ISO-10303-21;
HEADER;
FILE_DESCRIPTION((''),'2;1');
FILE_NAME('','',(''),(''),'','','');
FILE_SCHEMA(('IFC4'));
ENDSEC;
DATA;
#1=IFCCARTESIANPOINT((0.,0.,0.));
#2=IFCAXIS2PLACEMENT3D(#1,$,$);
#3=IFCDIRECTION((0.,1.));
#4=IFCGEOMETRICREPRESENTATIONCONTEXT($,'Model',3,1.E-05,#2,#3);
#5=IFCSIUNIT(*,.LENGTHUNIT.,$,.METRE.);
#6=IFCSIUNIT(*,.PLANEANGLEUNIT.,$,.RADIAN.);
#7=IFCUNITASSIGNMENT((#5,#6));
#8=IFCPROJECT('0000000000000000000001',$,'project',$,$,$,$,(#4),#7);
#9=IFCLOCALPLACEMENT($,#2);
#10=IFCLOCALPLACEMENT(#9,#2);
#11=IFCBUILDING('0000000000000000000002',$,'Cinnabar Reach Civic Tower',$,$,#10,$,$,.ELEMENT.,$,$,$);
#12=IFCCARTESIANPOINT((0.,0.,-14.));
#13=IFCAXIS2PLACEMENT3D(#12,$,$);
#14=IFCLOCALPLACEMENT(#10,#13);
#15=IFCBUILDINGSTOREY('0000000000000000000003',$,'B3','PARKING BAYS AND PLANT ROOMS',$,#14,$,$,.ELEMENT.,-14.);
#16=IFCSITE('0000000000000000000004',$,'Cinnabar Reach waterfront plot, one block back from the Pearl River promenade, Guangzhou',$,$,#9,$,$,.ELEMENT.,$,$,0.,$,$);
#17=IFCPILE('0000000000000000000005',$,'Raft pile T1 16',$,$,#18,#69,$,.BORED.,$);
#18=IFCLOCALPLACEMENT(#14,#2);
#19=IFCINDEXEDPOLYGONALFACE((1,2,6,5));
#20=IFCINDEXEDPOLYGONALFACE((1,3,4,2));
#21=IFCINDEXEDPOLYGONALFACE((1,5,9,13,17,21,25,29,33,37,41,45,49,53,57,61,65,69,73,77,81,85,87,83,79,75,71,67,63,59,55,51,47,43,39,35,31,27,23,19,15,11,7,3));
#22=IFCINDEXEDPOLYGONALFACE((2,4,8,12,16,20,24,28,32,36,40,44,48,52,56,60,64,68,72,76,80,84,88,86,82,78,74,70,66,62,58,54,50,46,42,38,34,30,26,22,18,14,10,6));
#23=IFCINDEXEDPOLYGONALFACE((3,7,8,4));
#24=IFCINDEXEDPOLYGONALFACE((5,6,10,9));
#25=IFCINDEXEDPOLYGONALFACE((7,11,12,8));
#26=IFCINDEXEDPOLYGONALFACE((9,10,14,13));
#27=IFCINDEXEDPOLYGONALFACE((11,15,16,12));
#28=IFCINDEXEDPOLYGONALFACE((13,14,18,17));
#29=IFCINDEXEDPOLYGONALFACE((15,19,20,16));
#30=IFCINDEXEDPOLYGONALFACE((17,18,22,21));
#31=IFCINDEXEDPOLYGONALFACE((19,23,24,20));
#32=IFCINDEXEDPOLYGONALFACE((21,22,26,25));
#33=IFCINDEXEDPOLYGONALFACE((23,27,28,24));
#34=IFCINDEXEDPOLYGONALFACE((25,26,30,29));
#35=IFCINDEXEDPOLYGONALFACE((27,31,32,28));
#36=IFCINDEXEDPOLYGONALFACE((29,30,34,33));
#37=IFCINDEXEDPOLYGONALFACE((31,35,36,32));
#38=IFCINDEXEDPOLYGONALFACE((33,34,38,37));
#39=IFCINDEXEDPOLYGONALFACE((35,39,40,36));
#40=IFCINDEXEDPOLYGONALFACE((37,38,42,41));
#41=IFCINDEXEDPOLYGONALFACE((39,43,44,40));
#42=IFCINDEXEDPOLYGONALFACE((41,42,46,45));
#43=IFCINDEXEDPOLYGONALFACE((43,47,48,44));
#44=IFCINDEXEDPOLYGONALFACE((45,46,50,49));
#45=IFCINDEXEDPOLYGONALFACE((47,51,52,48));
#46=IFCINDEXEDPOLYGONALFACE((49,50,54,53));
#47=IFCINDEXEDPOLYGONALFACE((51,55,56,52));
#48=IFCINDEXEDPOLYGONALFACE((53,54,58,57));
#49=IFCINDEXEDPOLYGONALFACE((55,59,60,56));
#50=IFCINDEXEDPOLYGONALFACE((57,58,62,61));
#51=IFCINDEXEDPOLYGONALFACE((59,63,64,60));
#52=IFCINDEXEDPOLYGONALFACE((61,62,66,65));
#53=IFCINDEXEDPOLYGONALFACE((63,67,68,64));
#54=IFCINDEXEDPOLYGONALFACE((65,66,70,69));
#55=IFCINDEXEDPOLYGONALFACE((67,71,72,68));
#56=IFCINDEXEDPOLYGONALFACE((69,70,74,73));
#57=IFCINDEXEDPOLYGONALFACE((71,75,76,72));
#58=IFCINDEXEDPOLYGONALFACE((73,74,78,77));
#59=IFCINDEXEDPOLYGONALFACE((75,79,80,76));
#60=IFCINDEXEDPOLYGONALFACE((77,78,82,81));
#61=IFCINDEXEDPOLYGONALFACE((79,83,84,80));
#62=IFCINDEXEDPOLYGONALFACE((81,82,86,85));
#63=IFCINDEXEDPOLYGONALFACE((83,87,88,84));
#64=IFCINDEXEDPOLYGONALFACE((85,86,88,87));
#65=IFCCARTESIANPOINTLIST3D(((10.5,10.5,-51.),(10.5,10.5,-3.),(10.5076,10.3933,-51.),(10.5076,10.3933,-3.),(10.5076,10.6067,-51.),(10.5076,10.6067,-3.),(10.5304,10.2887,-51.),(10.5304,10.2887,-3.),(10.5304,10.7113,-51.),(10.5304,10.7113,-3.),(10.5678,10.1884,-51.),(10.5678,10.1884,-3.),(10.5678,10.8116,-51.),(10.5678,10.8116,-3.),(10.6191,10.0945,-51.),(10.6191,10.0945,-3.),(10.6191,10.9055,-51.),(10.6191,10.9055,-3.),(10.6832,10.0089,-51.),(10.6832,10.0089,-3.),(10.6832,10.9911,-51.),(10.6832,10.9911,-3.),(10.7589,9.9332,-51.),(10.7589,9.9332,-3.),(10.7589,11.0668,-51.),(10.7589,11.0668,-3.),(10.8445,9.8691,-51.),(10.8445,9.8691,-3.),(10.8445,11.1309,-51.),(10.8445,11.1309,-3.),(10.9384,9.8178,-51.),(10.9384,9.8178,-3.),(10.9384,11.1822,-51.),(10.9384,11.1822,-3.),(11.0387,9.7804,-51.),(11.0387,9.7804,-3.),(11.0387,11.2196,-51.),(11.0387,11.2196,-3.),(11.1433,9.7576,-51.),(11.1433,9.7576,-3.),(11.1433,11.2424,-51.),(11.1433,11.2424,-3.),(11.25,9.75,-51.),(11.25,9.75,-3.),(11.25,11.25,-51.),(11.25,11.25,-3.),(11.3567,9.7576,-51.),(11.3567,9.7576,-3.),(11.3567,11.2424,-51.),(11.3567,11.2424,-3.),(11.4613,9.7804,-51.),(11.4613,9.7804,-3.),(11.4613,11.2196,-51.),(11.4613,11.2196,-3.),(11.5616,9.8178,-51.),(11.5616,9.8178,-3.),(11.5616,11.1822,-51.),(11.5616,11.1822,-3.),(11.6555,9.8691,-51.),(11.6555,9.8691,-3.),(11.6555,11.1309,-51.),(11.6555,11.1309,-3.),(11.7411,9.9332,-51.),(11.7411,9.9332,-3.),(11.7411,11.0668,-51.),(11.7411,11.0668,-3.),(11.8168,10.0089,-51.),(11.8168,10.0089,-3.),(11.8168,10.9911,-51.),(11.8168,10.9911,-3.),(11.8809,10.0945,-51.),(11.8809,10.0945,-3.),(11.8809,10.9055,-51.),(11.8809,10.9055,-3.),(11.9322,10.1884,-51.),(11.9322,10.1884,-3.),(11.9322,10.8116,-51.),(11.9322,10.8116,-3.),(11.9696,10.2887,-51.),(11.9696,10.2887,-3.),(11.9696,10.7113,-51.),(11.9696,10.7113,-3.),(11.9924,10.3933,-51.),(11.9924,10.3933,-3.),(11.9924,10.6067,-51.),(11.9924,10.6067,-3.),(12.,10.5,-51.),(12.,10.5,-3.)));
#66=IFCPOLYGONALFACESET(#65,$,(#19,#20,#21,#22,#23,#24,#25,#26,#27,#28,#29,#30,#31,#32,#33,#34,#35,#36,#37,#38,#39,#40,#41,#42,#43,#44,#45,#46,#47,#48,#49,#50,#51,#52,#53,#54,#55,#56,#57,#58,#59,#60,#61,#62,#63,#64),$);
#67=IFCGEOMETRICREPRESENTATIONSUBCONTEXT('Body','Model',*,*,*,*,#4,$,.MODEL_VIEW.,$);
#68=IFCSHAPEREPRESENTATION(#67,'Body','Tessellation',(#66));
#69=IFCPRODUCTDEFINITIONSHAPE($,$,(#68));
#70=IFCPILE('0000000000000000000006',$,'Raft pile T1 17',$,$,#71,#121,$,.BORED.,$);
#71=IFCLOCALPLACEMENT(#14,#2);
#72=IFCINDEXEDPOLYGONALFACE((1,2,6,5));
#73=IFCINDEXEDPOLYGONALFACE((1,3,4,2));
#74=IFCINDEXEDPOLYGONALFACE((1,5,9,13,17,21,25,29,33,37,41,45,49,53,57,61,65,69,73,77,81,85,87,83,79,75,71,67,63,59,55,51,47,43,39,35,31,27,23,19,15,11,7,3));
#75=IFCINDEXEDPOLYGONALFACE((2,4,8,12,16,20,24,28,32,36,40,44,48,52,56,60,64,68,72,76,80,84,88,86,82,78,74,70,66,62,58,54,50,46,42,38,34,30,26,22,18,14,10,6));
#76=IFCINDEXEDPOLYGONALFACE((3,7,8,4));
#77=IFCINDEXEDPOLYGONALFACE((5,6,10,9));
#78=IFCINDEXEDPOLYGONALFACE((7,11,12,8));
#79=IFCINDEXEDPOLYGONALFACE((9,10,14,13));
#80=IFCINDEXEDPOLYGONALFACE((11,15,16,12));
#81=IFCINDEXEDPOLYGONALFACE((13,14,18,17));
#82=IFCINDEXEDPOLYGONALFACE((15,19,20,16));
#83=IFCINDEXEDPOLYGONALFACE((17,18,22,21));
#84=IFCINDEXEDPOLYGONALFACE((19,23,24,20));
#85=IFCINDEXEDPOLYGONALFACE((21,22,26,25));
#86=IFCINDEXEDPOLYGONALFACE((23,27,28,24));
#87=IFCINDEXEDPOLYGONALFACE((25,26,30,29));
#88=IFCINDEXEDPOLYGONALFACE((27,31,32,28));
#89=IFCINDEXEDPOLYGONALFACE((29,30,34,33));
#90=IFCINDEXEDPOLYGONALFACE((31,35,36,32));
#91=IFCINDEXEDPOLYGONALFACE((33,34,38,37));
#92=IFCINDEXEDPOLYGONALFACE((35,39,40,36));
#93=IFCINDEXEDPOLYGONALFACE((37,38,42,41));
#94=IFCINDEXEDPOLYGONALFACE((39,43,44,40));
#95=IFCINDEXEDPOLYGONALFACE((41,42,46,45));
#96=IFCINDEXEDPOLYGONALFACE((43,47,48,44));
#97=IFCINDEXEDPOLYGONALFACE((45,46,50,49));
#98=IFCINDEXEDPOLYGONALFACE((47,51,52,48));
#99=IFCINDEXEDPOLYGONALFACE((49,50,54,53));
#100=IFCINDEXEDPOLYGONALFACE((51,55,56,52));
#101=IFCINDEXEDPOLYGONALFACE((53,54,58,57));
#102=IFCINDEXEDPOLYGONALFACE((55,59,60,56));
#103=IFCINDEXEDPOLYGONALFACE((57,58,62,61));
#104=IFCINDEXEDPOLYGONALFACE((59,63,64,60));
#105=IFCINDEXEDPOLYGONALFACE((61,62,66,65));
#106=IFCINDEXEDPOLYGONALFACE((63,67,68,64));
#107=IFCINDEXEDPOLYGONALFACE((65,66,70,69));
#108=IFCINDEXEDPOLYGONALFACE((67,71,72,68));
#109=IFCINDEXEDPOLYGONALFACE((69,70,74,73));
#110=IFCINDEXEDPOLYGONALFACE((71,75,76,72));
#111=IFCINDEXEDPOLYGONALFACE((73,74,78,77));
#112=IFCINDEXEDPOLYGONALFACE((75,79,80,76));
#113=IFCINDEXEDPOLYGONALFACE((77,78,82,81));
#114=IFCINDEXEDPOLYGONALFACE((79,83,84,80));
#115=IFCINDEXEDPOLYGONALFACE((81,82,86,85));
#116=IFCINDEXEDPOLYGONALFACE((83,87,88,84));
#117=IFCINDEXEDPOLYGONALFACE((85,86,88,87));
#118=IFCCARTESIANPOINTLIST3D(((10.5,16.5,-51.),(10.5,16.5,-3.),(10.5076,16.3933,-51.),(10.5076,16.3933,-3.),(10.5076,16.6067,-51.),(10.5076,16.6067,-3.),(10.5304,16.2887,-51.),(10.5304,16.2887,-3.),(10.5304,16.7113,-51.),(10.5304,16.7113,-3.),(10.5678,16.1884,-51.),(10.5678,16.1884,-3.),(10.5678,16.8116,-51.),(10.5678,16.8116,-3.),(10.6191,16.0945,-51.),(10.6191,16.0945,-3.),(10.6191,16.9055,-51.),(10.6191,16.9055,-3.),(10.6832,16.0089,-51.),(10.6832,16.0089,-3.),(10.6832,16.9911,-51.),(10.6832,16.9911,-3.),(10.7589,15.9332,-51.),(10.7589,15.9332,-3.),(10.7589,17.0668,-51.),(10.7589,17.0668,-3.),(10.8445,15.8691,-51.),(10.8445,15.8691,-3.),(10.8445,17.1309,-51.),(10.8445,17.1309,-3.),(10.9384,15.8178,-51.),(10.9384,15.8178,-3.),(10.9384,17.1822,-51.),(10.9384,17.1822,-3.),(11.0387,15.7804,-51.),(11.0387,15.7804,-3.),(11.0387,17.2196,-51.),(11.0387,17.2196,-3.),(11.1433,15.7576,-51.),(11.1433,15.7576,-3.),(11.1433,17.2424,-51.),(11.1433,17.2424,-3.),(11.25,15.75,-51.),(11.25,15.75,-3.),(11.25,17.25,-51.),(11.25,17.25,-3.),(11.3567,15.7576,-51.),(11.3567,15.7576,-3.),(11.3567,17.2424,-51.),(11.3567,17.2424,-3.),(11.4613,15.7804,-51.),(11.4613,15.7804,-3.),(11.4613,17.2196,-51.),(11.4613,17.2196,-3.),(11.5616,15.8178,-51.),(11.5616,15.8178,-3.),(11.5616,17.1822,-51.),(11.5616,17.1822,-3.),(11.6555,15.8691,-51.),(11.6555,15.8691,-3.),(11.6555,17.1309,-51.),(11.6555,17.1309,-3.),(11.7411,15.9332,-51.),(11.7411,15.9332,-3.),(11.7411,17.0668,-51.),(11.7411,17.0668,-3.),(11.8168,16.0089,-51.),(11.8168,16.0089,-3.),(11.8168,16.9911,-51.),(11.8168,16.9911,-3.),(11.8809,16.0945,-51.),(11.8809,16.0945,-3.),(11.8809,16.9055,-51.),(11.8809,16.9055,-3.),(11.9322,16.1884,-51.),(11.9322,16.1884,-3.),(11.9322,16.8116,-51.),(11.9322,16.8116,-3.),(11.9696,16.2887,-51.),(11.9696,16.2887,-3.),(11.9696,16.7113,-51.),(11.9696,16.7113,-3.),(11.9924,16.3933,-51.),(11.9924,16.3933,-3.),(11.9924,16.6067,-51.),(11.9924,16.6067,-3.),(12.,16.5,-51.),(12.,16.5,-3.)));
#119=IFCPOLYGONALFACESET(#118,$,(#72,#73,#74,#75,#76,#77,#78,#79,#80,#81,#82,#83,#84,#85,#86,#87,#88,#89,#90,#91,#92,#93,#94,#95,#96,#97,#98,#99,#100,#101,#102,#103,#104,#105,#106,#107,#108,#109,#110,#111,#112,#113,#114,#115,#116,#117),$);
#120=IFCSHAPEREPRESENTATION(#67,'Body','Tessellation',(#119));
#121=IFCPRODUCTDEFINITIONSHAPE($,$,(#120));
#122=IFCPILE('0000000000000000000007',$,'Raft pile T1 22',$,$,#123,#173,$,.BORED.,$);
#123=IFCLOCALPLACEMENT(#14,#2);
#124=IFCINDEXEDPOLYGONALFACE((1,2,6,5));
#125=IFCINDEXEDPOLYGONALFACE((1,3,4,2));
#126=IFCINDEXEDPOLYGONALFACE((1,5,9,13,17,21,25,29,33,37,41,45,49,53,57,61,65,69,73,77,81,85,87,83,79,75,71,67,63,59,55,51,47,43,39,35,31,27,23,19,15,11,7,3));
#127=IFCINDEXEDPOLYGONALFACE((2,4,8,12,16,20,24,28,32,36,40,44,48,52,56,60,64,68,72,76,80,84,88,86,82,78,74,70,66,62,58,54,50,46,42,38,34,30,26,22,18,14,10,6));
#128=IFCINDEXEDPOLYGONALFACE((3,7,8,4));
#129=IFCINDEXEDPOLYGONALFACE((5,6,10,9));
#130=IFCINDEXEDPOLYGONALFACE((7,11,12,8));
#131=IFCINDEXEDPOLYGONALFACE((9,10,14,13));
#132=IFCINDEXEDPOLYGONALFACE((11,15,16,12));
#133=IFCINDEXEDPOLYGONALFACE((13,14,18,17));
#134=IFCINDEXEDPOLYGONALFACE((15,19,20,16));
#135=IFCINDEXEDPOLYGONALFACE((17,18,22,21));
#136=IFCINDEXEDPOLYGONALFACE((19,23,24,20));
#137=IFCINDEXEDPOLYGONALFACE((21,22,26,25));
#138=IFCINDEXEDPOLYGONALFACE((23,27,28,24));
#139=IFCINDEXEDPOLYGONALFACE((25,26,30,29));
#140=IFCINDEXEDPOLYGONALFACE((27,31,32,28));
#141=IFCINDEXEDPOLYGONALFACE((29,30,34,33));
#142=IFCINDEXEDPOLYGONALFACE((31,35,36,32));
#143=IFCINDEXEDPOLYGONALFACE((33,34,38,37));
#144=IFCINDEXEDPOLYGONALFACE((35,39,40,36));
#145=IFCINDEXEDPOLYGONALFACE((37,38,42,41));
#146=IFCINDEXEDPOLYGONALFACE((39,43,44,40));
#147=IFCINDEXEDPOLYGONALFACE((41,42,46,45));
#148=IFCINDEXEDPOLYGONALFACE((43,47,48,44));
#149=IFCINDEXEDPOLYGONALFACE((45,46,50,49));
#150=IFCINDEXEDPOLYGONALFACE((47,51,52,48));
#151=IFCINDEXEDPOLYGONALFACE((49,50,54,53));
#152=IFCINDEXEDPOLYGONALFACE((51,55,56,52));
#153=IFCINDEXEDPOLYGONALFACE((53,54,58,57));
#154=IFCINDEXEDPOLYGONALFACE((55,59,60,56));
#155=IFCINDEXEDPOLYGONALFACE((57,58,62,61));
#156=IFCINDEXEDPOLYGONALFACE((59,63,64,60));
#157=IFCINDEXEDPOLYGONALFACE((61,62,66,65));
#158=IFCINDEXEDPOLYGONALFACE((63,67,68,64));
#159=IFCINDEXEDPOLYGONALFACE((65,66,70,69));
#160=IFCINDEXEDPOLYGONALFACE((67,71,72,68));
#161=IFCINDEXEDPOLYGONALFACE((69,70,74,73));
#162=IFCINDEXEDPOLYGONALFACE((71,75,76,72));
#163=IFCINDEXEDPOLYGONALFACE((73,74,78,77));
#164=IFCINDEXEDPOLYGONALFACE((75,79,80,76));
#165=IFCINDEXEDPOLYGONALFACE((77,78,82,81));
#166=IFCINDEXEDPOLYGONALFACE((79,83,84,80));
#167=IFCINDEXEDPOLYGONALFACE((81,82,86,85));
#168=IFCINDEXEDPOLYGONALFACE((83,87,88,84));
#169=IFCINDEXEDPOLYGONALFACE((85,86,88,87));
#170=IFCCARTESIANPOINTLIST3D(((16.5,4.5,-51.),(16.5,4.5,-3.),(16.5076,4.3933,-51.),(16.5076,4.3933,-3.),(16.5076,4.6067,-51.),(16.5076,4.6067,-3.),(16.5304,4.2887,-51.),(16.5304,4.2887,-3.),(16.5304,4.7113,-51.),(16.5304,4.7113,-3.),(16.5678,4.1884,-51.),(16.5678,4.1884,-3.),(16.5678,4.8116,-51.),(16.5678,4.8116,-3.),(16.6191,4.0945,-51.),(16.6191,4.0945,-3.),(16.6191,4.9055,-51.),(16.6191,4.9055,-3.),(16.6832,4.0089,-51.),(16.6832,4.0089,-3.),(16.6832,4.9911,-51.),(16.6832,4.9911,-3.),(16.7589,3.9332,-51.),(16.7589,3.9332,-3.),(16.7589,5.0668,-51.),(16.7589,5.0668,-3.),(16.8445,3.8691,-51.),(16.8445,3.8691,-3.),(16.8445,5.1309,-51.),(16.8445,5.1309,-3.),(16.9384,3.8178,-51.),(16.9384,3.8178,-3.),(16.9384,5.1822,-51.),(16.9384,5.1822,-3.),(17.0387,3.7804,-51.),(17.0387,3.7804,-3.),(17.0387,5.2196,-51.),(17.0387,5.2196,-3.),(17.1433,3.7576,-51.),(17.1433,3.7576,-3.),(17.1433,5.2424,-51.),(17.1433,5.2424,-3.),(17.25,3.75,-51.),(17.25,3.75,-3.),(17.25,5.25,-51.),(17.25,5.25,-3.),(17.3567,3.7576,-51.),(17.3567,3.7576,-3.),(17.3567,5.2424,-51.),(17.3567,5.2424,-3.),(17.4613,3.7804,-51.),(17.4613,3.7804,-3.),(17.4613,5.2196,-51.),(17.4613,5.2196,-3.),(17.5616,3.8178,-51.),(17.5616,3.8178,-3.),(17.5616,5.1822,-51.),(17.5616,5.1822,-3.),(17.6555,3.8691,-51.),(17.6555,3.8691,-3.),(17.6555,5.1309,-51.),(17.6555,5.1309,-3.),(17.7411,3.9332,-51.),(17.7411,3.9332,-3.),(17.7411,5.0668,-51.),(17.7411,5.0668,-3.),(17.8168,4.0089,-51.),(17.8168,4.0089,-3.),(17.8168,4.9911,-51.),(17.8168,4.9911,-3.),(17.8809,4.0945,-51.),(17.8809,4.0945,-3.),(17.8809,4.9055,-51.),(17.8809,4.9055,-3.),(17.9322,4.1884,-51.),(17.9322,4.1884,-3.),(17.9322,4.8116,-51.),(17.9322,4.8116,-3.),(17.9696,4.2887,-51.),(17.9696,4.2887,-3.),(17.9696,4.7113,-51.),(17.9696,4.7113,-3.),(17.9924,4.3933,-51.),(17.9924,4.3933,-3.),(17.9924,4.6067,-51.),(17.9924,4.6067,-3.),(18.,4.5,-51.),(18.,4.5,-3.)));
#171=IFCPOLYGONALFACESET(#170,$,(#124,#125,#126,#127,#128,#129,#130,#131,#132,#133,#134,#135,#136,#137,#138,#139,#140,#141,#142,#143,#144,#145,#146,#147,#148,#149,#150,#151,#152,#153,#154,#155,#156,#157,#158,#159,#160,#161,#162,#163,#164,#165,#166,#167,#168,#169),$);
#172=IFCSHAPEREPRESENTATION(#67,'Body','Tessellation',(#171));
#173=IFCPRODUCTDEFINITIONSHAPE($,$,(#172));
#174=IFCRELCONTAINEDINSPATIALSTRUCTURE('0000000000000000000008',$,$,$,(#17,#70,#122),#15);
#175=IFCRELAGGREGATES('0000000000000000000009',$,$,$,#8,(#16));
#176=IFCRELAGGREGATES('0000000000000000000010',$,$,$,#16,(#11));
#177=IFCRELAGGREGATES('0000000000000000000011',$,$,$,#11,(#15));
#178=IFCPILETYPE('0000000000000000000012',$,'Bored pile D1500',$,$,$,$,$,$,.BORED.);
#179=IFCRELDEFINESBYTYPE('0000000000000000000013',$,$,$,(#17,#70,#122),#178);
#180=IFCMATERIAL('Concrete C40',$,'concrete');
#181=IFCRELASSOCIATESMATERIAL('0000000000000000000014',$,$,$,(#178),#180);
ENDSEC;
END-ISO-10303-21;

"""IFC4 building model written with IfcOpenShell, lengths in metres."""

from ifc_helpers import new_model, si_unit, direction, frame, origin, origin_2d, place, context, subcontext, project, spatial, circle, extrude, material, type_object, element, save


model = new_model("IFC4")

# Units and contexts
model_context = context("Model", 3, precision=1e-05, world=origin(), true_north=direction((0.0, 1.0)))
body_context = subcontext(model_context, "Body", "Model", "MODEL_VIEW")
ifc_project = project(units=[si_unit("LENGTHUNIT", "METRE"), si_unit("PLANEANGLEUNIT", "RADIAN")], contexts=[model_context])

# Site, building, storey
site_placement = place(None, origin())
site = spatial("IfcSite", under=ifc_project, at=site_placement, Name="Cinnabar Reach waterfront plot, one block back from the Pearl River promenade, Guangzhou", CompositionType="ELEMENT", RefElevation=0.0)
building_placement = place(site_placement, origin())
building = spatial("IfcBuilding", under=site, at=building_placement, Name="Cinnabar Reach Civic Tower", CompositionType="ELEMENT")
storey_placement = place(building_placement, frame((0.0, 0.0, -14.0)))
storey = spatial("IfcBuildingStorey", under=building, at=storey_placement, Name="B3", Description="PARKING BAYS AND PLANT ROOMS", CompositionType="ELEMENT", Elevation=-14.0)

# Piles
ifc_material_1 = material(Name="Concrete C40", Category="concrete")
pile_type_1 = type_object("IfcPileType", Name="Bored pile D1500", PredefinedType="BORED", material=ifc_material_1)
for number, where, z_axis, x_axis, name in (
    (1, (11.25, 10.5, -3.0), (0.0, 0.0, -1.0), (1.0, 0.0, 0.0), "Raft pile T1 16"),
    (2, (11.25, 16.5, -3.0), (0.0, 0.0, -1.0), (1.0, 0.0, 0.0), "Raft pile T1 17"),
    (3, (17.25, 4.5, -3.0), (0.0, 0.0, -1.0), (1.0, 0.0, 0.0), "Raft pile T1 22"),
):
    element("IfcPile", number, at=place(storey_placement, frame(where, z_axis=z_axis, x_axis=x_axis)), inside=storey, type_object=pile_type_1, Name=name, PredefinedType="BORED", context=body_context, shape_type="SweptSolid", body=[
        extrude(circle(Radius=0.75, at=origin_2d()), origin(), (0.0, 0.0, 1.0), 48.0),
    ])

save(model, "model.ifc")
